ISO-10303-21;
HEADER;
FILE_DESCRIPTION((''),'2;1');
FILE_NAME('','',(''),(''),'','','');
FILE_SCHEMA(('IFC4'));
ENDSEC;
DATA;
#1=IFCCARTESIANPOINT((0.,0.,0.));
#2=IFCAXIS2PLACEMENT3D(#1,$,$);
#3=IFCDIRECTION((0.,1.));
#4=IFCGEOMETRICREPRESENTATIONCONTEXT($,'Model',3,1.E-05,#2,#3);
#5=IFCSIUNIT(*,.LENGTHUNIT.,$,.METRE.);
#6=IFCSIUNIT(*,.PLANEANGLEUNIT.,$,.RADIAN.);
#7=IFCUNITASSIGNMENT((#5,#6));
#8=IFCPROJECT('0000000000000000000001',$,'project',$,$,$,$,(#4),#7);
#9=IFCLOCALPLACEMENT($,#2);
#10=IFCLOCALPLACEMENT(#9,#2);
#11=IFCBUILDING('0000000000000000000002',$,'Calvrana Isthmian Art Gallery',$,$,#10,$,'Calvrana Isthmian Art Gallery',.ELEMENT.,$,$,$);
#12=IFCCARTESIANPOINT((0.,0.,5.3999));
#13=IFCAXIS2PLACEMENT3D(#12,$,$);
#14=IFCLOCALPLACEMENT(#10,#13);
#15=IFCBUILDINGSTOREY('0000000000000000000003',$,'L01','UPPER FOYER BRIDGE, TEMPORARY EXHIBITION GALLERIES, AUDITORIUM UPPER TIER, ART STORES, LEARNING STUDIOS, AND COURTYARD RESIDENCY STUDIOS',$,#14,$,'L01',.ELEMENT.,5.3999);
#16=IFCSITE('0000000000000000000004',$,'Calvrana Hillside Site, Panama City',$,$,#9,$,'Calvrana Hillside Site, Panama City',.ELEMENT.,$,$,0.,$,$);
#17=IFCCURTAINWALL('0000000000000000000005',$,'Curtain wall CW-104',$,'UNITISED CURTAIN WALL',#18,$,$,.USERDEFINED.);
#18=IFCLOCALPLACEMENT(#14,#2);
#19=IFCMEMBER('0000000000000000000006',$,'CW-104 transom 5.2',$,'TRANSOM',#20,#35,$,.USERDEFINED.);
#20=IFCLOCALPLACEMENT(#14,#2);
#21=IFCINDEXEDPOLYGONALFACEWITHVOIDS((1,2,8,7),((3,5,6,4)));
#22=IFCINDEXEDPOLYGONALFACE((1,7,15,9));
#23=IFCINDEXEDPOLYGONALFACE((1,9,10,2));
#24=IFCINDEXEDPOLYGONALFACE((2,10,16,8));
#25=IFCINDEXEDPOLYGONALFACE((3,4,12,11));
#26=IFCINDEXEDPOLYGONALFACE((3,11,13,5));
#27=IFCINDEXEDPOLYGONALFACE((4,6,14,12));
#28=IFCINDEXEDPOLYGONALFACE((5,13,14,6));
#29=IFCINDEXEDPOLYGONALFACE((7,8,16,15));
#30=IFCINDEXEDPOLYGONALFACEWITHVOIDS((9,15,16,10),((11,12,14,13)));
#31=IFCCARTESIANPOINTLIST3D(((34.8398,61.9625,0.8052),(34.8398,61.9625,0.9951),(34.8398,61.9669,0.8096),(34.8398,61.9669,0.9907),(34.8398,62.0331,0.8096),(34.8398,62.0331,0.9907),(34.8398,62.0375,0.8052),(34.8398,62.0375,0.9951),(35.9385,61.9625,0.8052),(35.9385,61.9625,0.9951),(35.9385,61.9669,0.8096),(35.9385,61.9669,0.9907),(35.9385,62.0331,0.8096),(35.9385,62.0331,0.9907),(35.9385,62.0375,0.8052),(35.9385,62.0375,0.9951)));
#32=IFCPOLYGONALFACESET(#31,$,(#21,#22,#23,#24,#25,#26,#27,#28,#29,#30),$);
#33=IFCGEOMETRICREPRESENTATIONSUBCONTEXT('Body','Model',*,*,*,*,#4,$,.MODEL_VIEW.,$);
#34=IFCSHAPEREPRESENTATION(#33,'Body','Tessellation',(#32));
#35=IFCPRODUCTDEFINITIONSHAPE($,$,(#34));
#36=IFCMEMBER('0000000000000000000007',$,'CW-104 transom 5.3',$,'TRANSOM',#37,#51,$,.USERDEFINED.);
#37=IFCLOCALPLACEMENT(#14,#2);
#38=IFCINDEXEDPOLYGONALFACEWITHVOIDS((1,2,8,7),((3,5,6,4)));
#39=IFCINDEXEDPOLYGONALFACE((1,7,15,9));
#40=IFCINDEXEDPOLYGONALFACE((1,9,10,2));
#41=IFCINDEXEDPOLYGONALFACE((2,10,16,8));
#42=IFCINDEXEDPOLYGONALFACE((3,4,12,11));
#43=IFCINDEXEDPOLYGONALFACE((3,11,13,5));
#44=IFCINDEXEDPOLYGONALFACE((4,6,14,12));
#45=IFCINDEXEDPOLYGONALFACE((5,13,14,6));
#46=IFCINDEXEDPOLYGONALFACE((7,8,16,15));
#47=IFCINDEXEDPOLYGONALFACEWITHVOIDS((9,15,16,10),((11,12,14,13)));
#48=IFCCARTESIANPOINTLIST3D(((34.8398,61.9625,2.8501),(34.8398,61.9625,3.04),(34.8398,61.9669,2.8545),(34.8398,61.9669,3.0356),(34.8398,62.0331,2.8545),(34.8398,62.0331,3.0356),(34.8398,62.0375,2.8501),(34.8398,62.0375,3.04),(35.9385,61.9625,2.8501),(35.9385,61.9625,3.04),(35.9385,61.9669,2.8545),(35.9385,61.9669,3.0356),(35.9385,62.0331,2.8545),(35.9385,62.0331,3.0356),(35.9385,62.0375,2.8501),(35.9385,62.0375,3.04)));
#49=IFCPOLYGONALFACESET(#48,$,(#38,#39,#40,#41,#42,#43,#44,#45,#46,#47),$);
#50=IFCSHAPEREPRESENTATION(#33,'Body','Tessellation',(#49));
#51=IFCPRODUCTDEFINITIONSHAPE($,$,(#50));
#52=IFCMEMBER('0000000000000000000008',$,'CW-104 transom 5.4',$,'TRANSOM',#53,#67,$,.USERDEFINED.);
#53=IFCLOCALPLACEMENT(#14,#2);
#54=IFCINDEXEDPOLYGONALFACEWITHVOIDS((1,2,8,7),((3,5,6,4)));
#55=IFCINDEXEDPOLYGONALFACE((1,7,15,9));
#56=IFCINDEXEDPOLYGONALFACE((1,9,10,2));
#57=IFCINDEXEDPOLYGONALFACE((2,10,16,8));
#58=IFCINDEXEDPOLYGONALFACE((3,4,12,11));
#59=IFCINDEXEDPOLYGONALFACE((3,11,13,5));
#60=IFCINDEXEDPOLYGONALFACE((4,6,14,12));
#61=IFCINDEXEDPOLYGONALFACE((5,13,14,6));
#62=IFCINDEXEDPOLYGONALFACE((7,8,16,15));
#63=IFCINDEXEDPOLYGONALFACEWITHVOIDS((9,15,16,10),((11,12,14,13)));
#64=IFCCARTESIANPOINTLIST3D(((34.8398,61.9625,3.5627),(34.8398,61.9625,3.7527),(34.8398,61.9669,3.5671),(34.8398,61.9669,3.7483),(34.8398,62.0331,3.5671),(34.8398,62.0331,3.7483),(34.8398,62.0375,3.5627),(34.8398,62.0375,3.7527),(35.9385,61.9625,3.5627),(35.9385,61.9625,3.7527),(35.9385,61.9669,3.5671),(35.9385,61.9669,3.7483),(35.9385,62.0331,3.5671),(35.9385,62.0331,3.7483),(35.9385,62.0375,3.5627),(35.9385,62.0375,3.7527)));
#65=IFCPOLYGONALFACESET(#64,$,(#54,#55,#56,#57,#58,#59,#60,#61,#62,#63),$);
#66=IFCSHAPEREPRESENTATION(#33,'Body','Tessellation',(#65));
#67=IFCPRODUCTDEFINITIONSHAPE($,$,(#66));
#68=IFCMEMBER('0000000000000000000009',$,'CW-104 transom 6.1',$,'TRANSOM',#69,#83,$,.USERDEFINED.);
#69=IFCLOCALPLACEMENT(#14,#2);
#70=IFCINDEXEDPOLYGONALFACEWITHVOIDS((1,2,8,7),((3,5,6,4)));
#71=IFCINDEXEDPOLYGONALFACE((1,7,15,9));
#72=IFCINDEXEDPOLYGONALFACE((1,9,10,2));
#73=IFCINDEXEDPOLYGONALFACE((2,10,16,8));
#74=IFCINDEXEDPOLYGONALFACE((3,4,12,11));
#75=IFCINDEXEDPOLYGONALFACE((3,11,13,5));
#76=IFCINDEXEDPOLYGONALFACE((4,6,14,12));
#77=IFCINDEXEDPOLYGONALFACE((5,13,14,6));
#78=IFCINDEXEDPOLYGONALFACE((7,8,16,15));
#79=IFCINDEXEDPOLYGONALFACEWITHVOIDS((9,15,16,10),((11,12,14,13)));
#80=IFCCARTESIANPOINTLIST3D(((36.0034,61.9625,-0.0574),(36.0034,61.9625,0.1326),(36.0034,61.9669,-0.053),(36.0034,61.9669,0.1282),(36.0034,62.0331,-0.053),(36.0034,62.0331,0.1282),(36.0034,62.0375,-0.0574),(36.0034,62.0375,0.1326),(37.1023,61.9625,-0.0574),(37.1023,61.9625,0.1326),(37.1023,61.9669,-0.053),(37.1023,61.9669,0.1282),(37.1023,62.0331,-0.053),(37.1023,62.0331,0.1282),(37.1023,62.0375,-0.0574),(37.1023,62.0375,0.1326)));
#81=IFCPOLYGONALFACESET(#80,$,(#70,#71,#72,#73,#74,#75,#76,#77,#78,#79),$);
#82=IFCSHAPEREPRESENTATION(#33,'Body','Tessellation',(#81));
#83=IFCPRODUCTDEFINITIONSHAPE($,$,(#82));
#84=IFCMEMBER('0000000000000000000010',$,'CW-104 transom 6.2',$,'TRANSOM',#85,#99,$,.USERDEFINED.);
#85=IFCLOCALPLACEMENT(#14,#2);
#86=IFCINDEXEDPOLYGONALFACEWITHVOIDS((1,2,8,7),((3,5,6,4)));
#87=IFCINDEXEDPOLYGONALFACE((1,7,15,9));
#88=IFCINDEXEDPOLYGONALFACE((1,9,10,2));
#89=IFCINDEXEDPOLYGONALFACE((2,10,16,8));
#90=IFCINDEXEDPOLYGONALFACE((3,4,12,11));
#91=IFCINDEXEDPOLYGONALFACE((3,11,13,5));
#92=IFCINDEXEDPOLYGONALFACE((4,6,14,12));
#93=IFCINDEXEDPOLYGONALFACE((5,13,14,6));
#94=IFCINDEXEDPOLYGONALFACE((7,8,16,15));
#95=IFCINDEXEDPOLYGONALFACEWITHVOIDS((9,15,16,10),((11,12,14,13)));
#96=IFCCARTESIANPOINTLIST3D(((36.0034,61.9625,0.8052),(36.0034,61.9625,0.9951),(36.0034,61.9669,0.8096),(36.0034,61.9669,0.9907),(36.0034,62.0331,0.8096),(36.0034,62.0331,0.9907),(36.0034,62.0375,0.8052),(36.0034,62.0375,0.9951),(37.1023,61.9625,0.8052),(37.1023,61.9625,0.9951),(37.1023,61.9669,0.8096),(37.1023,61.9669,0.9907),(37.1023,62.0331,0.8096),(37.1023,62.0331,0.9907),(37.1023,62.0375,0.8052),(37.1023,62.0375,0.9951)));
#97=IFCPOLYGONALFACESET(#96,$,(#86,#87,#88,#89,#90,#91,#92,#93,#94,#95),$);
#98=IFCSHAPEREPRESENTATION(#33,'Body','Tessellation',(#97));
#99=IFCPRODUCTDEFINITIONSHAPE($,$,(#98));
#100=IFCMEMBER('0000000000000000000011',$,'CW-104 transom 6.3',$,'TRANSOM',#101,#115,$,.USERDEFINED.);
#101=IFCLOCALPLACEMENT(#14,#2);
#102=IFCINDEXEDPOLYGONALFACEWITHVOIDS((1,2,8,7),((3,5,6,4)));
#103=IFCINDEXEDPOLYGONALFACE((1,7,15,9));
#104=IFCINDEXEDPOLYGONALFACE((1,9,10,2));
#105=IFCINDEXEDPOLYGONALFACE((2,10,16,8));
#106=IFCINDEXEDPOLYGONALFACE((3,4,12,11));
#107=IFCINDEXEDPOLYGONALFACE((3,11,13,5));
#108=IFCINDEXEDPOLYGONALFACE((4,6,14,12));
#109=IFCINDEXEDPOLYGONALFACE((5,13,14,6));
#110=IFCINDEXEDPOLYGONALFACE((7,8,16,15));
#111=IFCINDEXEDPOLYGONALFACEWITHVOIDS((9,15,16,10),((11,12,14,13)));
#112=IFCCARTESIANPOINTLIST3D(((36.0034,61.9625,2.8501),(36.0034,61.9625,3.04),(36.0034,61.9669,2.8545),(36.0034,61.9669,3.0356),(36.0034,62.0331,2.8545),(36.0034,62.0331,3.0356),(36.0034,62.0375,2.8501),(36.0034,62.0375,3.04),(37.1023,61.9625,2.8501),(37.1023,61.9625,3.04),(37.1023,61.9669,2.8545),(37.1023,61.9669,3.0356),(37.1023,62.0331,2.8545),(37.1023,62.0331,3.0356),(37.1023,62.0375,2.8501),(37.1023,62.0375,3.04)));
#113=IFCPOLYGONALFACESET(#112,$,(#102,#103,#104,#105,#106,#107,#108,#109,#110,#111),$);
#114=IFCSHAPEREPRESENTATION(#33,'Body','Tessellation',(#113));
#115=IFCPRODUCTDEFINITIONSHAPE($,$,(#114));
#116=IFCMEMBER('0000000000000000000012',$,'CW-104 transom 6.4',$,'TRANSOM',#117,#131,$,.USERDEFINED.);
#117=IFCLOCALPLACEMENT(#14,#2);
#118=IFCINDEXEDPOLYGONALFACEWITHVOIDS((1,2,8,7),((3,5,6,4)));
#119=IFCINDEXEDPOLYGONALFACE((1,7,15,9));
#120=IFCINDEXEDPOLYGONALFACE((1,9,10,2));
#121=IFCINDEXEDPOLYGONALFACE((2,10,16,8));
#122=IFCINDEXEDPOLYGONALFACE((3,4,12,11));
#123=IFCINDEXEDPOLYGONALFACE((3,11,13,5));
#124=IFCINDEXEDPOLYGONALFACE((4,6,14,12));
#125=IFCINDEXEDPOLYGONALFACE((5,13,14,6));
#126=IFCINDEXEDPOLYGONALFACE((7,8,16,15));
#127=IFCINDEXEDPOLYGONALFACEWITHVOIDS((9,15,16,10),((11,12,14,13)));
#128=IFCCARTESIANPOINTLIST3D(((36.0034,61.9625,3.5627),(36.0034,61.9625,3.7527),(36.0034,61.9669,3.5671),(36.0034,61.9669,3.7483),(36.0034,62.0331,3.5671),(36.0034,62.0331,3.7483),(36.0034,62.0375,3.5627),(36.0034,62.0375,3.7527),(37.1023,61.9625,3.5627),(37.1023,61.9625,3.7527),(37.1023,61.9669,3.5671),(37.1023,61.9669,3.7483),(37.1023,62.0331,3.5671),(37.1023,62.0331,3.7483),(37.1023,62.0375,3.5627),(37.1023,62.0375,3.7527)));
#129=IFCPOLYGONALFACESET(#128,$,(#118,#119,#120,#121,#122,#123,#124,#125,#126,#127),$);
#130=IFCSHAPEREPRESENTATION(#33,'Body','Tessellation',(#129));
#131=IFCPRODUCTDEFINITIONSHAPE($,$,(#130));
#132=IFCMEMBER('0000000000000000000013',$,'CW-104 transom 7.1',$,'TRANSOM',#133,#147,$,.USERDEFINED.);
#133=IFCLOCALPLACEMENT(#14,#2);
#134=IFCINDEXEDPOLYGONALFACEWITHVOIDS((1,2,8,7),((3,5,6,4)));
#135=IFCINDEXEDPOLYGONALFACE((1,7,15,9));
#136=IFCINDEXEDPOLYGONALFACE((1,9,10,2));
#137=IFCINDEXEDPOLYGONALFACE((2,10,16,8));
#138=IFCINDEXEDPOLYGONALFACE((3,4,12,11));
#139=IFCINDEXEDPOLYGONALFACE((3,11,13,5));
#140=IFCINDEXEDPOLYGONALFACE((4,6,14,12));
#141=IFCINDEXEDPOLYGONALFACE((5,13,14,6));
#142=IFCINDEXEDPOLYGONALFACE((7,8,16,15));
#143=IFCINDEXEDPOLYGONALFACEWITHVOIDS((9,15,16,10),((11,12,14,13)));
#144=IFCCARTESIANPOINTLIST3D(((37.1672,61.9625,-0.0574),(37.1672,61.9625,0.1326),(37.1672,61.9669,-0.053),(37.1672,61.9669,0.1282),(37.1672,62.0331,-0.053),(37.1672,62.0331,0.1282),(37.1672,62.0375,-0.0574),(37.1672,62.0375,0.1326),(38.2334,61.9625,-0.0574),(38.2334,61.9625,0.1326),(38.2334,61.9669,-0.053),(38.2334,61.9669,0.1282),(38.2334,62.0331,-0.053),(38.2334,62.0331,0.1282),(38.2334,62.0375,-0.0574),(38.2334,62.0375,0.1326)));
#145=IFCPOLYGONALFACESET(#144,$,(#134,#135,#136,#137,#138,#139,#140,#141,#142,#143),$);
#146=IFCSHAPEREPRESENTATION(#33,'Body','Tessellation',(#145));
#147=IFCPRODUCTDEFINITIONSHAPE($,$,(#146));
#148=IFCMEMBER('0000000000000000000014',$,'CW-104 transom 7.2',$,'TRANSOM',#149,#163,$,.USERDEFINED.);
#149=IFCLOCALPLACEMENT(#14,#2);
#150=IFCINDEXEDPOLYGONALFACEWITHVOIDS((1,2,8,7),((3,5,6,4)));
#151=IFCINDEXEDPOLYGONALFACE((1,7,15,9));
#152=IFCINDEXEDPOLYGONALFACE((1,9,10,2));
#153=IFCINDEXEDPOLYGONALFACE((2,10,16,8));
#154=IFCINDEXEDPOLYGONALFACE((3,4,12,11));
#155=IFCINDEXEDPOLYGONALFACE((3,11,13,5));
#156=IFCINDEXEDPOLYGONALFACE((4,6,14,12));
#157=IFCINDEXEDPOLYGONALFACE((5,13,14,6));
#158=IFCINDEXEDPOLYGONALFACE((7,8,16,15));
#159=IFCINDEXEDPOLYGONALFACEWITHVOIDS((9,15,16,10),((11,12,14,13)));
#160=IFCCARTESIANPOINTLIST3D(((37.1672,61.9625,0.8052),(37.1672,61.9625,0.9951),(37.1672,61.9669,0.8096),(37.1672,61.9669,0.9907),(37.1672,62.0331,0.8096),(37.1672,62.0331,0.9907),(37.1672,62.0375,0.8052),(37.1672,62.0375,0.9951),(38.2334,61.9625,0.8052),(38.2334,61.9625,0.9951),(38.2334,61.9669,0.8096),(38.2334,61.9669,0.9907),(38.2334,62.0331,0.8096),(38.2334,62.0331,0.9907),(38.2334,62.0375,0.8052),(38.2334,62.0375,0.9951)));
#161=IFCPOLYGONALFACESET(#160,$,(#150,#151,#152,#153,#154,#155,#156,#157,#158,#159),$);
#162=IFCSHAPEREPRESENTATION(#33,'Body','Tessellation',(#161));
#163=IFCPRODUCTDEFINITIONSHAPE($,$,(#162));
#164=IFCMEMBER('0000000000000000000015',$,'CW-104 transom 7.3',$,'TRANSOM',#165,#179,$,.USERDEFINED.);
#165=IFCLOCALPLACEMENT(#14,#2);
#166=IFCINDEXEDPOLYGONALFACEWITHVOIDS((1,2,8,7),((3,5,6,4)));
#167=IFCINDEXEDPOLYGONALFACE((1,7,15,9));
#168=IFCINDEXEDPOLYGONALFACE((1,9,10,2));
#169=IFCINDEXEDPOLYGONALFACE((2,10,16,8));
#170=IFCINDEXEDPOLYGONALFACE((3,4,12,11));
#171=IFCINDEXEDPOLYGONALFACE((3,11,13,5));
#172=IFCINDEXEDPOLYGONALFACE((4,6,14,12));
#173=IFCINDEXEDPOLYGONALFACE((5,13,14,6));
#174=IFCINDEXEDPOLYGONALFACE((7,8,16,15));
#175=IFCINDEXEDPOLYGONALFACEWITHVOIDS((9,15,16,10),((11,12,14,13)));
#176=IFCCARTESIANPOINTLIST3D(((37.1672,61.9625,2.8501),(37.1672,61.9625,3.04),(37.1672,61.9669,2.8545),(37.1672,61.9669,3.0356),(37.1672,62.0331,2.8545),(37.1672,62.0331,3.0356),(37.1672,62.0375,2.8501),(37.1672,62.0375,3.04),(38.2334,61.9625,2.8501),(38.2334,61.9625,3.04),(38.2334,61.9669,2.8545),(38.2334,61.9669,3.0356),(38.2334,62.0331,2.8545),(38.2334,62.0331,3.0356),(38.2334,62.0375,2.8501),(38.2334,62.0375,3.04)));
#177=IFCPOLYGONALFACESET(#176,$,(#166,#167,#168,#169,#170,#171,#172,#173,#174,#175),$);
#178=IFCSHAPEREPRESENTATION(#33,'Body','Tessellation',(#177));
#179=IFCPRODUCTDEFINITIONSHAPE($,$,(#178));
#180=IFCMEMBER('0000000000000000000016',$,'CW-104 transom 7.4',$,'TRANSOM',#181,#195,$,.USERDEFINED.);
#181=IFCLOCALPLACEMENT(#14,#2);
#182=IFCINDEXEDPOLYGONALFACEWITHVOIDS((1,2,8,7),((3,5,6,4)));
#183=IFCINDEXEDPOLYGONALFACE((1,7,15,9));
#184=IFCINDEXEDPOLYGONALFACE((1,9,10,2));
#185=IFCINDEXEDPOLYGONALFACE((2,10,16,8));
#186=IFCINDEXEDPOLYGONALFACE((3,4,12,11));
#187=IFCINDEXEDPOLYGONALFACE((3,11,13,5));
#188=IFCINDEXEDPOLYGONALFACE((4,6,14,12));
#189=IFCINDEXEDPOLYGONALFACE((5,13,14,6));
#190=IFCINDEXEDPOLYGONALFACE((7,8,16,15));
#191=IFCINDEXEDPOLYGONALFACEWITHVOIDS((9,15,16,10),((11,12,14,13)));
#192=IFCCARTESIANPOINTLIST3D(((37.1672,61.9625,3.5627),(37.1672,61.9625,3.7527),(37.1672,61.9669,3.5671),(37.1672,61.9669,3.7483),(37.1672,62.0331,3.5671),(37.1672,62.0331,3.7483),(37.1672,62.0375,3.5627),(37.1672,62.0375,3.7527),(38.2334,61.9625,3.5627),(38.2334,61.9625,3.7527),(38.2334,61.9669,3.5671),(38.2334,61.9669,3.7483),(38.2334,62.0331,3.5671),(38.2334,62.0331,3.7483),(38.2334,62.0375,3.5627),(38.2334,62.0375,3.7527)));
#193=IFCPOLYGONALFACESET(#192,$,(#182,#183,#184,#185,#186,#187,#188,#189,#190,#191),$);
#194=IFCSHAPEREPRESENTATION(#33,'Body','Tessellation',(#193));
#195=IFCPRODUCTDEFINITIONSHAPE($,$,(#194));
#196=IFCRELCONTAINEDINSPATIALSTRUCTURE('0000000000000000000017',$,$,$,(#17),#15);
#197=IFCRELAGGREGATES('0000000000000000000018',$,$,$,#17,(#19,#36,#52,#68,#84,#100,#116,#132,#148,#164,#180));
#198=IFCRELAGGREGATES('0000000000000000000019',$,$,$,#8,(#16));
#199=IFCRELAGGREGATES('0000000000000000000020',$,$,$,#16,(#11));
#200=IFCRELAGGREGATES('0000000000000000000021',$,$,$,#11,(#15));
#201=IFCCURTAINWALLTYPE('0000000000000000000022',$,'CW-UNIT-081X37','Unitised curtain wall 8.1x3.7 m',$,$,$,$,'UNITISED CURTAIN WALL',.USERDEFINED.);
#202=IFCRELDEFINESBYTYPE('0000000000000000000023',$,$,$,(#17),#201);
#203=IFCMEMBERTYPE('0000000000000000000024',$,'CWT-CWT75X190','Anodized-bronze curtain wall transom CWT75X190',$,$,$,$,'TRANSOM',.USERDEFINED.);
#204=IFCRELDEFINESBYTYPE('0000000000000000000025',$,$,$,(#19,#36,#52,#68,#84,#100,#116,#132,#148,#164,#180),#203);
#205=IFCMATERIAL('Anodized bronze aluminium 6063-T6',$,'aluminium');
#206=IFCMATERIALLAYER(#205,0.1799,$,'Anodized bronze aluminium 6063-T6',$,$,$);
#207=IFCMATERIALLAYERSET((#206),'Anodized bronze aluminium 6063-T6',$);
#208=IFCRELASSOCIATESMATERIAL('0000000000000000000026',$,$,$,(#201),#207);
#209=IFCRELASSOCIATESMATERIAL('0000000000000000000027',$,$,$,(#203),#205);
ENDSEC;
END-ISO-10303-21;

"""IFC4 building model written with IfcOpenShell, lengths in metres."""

from ifc_helpers import new_model, si_unit, direction, frame, origin, origin_2d, place, context, subcontext, project, spatial, hollow_rectangle, extrude, material, layer, layer_set, material_profile, profile_set, type_object, element, aggregate, save


model = new_model("IFC4")

# Units and contexts
model_context = context("Model", 3, precision=1e-05, world=origin(), true_north=direction((0.0, 1.0)))
body_context = subcontext(model_context, "Body", "Model", "MODEL_VIEW")
ifc_project = project(units=[si_unit("LENGTHUNIT", "METRE"), si_unit("PLANEANGLEUNIT", "RADIAN")], contexts=[model_context])

# Site, building, storey
site_placement = place(None, origin())
site = spatial("IfcSite", under=ifc_project, at=site_placement, Name="Calvrana Hillside Site, Panama City", LongName="Calvrana Hillside Site, Panama City", CompositionType="ELEMENT", RefElevation=0.0)
building_placement = place(site_placement, origin())
building = spatial("IfcBuilding", under=site, at=building_placement, Name="Calvrana Isthmian Art Gallery", LongName="Calvrana Isthmian Art Gallery", CompositionType="ELEMENT")
storey_placement = place(building_placement, frame((0.0, 0.0, 5.3999)))
storey = spatial("IfcBuildingStorey", under=building, at=storey_placement, Name="L01", Description="UPPER FOYER BRIDGE, TEMPORARY EXHIBITION GALLERIES, AUDITORIUM UPPER TIER, ART STORES, LEARNING STUDIOS, AND COURTYARD RESIDENCY STUDIOS", LongName="L01", CompositionType="ELEMENT", Elevation=5.3999)

# Curtain wall, members
ifc_material_1 = material(Name="Anodized bronze aluminium 6063-T6", Category="aluminium")
ifc_layer_1 = layer(ifc_material_1, 0.1799, Name="Anodized bronze aluminium 6063-T6")
ifc_layer_set_1 = layer_set([ifc_layer_1], Name="Anodized bronze aluminium 6063-T6")
curtain_wall_type = type_object("IfcCurtainWallType", Name="CW-UNIT-081X37", Description="Unitised curtain wall 8.1x3.7 m", ElementType="UNITISED CURTAIN WALL", PredefinedType="USERDEFINED", material=ifc_layer_set_1)
curtain_wall_placement = place(storey_placement, origin())
curtain_wall = element("IfcCurtainWall", 1, at=curtain_wall_placement, inside=storey, type_object=curtain_wall_type, Name="Curtain wall CW-104", ObjectType="UNITISED CURTAIN WALL", PredefinedType="USERDEFINED")
ifc_material_profile_1 = material_profile(ifc_material_1, hollow_rectangle(XDim=0.075, YDim=0.1899, WallThickness=0.0044, at=origin_2d()), Name="CWT75X190")
ifc_profile_set_1 = profile_set([ifc_material_profile_1], Name="Anodized bronze aluminium 6063-T6")
member_type_1 = type_object("IfcMemberType", Name="CWT-CWT75X190", Description="Anodized-bronze curtain wall transom CWT75X190", ElementType="TRANSOM", PredefinedType="USERDEFINED", material=ifc_profile_set_1)
member_1_placement = place(storey_placement, frame((34.8398, 62.0, 0.9001), z_axis=(1.0, 0.0, 0.0), x_axis=(0.0, 1.0, 0.0)))
member_1 = element("IfcMember", 2, at=member_1_placement, type_object=member_type_1, Name="CW-104 transom 5.2", ObjectType="TRANSOM", PredefinedType="USERDEFINED", context=body_context, shape_type="SweptSolid", body=[
    extrude(hollow_rectangle(XDim=0.075, YDim=0.1899, WallThickness=0.0044, at=origin_2d()), origin(), (0.0, 0.0, 1.0), 1.0986),
])
member_2_placement = place(storey_placement, frame((34.8398, 62.0, 2.9451), z_axis=(1.0, 0.0, 0.0), x_axis=(0.0, 1.0, 0.0)))
member_2 = element("IfcMember", 3, at=member_2_placement, type_object=member_type_1, Name="CW-104 transom 5.3", ObjectType="TRANSOM", PredefinedType="USERDEFINED", context=body_context, shape_type="SweptSolid", body=[
    extrude(hollow_rectangle(XDim=0.075, YDim=0.1899, WallThickness=0.0044, at=origin_2d()), origin(), (0.0, 0.0, 1.0), 1.0986),
])
member_3_placement = place(storey_placement, frame((34.8398, 62.0, 3.6577), z_axis=(1.0, 0.0, 0.0), x_axis=(0.0, 1.0, 0.0)))
member_3 = element("IfcMember", 4, at=member_3_placement, type_object=member_type_1, Name="CW-104 transom 5.4", ObjectType="TRANSOM", PredefinedType="USERDEFINED", context=body_context, shape_type="SweptSolid", body=[
    extrude(hollow_rectangle(XDim=0.075, YDim=0.1899, WallThickness=0.0044, at=origin_2d()), origin(), (0.0, 0.0, 1.0), 1.0986),
])
member_4_placement = place(storey_placement, frame((36.0034, 62.0, 0.0376), z_axis=(1.0, 0.0, 0.0), x_axis=(0.0, 1.0, 0.0)))
member_4 = element("IfcMember", 5, at=member_4_placement, type_object=member_type_1, Name="CW-104 transom 6.1", ObjectType="TRANSOM", PredefinedType="USERDEFINED", context=body_context, shape_type="SweptSolid", body=[
    extrude(hollow_rectangle(XDim=0.075, YDim=0.1899, WallThickness=0.0044, at=origin_2d()), origin(), (0.0, 0.0, 1.0), 1.0989),
])
member_5_placement = place(storey_placement, frame((36.0034, 62.0, 0.9001), z_axis=(1.0, 0.0, 0.0), x_axis=(0.0, 1.0, 0.0)))
member_5 = element("IfcMember", 6, at=member_5_placement, type_object=member_type_1, Name="CW-104 transom 6.2", ObjectType="TRANSOM", PredefinedType="USERDEFINED", context=body_context, shape_type="SweptSolid", body=[
    extrude(hollow_rectangle(XDim=0.075, YDim=0.1899, WallThickness=0.0044, at=origin_2d()), origin(), (0.0, 0.0, 1.0), 1.0989),
])
member_6_placement = place(storey_placement, frame((36.0034, 62.0, 2.9451), z_axis=(1.0, 0.0, 0.0), x_axis=(0.0, 1.0, 0.0)))
member_6 = element("IfcMember", 7, at=member_6_placement, type_object=member_type_1, Name="CW-104 transom 6.3", ObjectType="TRANSOM", PredefinedType="USERDEFINED", context=body_context, shape_type="SweptSolid", body=[
    extrude(hollow_rectangle(XDim=0.075, YDim=0.1899, WallThickness=0.0044, at=origin_2d()), origin(), (0.0, 0.0, 1.0), 1.0989),
])
member_7_placement = place(storey_placement, frame((36.0034, 62.0, 3.6577), z_axis=(1.0, 0.0, 0.0), x_axis=(0.0, 1.0, 0.0)))
member_7 = element("IfcMember", 8, at=member_7_placement, type_object=member_type_1, Name="CW-104 transom 6.4", ObjectType="TRANSOM", PredefinedType="USERDEFINED", context=body_context, shape_type="SweptSolid", body=[
    extrude(hollow_rectangle(XDim=0.075, YDim=0.1899, WallThickness=0.0044, at=origin_2d()), origin(), (0.0, 0.0, 1.0), 1.0989),
])
member_8_placement = place(storey_placement, frame((37.1672, 62.0, 0.0376), z_axis=(1.0, 0.0, 0.0), x_axis=(0.0, 1.0, 0.0)))
member_8 = element("IfcMember", 9, at=member_8_placement, type_object=member_type_1, Name="CW-104 transom 7.1", ObjectType="TRANSOM", PredefinedType="USERDEFINED", context=body_context, shape_type="SweptSolid", body=[
    extrude(hollow_rectangle(XDim=0.075, YDim=0.1899, WallThickness=0.0044, at=origin_2d()), origin(), (0.0, 0.0, 1.0), 1.0662),
])
member_9_placement = place(storey_placement, frame((37.1672, 62.0, 0.9001), z_axis=(1.0, 0.0, 0.0), x_axis=(0.0, 1.0, 0.0)))
member_9 = element("IfcMember", 10, at=member_9_placement, type_object=member_type_1, Name="CW-104 transom 7.2", ObjectType="TRANSOM", PredefinedType="USERDEFINED", context=body_context, shape_type="SweptSolid", body=[
    extrude(hollow_rectangle(XDim=0.075, YDim=0.1899, WallThickness=0.0044, at=origin_2d()), origin(), (0.0, 0.0, 1.0), 1.0662),
])
member_10_placement = place(storey_placement, frame((37.1672, 62.0, 2.9451), z_axis=(1.0, 0.0, 0.0), x_axis=(0.0, 1.0, 0.0)))
member_10 = element("IfcMember", 11, at=member_10_placement, type_object=member_type_1, Name="CW-104 transom 7.3", ObjectType="TRANSOM", PredefinedType="USERDEFINED", context=body_context, shape_type="SweptSolid", body=[
    extrude(hollow_rectangle(XDim=0.075, YDim=0.1899, WallThickness=0.0044, at=origin_2d()), origin(), (0.0, 0.0, 1.0), 1.0662),
])
member_11_placement = place(storey_placement, frame((37.1672, 62.0, 3.6577), z_axis=(1.0, 0.0, 0.0), x_axis=(0.0, 1.0, 0.0)))
member_11 = element("IfcMember", 12, at=member_11_placement, type_object=member_type_1, Name="CW-104 transom 7.4", ObjectType="TRANSOM", PredefinedType="USERDEFINED", context=body_context, shape_type="SweptSolid", body=[
    extrude(hollow_rectangle(XDim=0.075, YDim=0.1899, WallThickness=0.0044, at=origin_2d()), origin(), (0.0, 0.0, 1.0), 1.0662),
])
aggregate(curtain_wall, [member_1, member_2, member_3, member_4, member_5, member_6, member_7, member_8, member_9, member_10, member_11])

save(model, "model.ifc")
